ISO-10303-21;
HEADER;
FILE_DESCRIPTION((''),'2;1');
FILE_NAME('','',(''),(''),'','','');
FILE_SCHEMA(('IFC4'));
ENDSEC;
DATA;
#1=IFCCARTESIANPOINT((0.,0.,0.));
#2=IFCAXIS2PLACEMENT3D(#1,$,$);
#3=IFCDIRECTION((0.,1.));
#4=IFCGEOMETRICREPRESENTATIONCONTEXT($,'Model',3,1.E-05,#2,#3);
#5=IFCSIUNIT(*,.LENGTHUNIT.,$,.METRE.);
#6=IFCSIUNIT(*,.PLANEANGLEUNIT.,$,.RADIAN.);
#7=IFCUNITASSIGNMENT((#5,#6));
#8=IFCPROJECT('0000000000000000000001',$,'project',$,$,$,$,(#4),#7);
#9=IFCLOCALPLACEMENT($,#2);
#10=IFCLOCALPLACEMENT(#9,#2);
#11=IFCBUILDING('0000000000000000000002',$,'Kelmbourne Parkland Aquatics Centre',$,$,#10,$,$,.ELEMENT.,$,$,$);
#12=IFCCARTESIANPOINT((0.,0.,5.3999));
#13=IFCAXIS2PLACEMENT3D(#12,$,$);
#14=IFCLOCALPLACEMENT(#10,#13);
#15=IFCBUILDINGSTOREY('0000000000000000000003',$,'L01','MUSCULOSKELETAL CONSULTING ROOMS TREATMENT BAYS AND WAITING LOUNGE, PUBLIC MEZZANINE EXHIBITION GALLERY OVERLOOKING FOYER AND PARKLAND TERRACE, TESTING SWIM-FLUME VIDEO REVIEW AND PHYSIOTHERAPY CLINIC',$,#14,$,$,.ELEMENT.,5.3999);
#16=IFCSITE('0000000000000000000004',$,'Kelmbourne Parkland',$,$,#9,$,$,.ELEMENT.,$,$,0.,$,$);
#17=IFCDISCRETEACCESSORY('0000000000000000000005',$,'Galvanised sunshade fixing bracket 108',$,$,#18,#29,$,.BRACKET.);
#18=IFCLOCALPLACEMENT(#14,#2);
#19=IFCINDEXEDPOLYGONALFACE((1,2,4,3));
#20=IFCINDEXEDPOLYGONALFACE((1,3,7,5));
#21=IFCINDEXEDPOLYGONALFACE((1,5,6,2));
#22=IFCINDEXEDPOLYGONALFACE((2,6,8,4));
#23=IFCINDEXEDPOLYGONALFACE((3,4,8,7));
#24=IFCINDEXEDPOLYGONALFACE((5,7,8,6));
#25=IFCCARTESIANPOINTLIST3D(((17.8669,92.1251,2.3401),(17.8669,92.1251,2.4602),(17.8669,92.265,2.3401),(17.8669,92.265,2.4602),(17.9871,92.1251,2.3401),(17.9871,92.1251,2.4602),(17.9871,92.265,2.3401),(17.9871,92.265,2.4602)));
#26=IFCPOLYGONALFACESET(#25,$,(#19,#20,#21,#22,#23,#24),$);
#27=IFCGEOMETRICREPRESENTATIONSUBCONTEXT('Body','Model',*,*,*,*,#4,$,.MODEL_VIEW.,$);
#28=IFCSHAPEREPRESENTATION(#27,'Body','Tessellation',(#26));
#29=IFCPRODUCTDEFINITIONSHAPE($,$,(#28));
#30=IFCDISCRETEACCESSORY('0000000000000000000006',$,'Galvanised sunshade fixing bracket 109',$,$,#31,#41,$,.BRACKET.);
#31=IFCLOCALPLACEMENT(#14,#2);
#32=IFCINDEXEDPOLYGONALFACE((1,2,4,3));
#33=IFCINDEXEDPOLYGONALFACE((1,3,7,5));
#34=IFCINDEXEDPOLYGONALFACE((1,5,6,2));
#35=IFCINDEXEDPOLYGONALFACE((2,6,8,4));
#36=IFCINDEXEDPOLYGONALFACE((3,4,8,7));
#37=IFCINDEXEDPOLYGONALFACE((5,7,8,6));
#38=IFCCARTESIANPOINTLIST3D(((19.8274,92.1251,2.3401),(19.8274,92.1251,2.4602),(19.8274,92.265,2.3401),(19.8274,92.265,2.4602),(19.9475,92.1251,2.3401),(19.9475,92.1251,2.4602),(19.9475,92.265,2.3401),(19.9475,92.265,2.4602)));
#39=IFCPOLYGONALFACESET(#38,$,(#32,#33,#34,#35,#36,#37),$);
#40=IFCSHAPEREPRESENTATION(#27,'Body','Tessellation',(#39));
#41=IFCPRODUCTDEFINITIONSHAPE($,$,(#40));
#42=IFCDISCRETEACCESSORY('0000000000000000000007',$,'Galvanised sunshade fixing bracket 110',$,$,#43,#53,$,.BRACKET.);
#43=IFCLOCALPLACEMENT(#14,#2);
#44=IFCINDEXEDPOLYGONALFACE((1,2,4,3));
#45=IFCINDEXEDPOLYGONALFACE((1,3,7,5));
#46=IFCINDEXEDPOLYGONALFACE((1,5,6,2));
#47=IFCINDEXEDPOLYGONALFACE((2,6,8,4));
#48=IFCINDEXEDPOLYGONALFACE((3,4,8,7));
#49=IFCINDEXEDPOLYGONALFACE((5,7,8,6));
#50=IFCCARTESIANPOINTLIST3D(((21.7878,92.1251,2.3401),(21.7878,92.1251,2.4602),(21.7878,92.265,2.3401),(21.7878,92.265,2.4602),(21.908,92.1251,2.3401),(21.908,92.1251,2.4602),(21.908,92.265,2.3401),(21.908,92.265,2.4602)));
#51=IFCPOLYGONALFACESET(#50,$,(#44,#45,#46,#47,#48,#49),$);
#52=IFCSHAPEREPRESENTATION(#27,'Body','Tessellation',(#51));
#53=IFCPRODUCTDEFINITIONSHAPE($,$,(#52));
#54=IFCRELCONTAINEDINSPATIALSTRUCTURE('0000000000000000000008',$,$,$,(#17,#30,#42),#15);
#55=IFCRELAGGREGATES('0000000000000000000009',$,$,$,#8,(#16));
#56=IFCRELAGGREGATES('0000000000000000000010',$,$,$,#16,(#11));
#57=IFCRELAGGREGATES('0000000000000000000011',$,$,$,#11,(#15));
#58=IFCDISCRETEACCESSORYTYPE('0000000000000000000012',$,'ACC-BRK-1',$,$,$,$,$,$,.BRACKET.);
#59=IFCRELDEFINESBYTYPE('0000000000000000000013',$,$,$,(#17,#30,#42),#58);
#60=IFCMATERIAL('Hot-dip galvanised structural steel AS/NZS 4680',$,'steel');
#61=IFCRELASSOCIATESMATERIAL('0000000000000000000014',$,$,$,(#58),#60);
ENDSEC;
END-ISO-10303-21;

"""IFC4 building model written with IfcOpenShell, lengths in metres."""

from ifc_helpers import new_model, si_unit, direction, frame, origin, origin_2d, place, context, subcontext, project, spatial, rectangle, extrude, material, type_object, element, save


model = new_model("IFC4")

# Units and contexts
model_context = context("Model", 3, precision=1e-05, world=origin(), true_north=direction((0.0, 1.0)))
body_context = subcontext(model_context, "Body", "Model", "MODEL_VIEW")
ifc_project = project(units=[si_unit("LENGTHUNIT", "METRE"), si_unit("PLANEANGLEUNIT", "RADIAN")], contexts=[model_context])

# Site, building, storey
site_placement = place(None, origin())
site = spatial("IfcSite", under=ifc_project, at=site_placement, Name="Kelmbourne Parkland", CompositionType="ELEMENT", RefElevation=0.0)
building_placement = place(site_placement, origin())
building = spatial("IfcBuilding", under=site, at=building_placement, Name="Kelmbourne Parkland Aquatics Centre", CompositionType="ELEMENT")
storey_placement = place(building_placement, frame((0.0, 0.0, 5.3999)))
storey = spatial("IfcBuildingStorey", under=building, at=storey_placement, Name="L01", Description="MUSCULOSKELETAL CONSULTING ROOMS TREATMENT BAYS AND WAITING LOUNGE, PUBLIC MEZZANINE EXHIBITION GALLERY OVERLOOKING FOYER AND PARKLAND TERRACE, TESTING SWIM-FLUME VIDEO REVIEW AND PHYSIOTHERAPY CLINIC", CompositionType="ELEMENT", Elevation=5.3999)

# Discrete accessories
ifc_material_1 = material(Name="Hot-dip galvanised structural steel AS/NZS 4680", Category="steel")
discrete_accessory_type = type_object("IfcDiscreteAccessoryType", Name="ACC-BRK-1", PredefinedType="BRACKET", material=ifc_material_1)
for number, where, z_axis, x_axis, name in (
    (1, (17.927, 92.1951, 2.3401), (0.0, 0.0, 1.0), (1.0, 0.0, 0.0), "Galvanised sunshade fixing bracket 108"),
    (2, (19.8875, 92.1951, 2.3401), (0.0, 0.0, 1.0), (1.0, 0.0, 0.0), "Galvanised sunshade fixing bracket 109"),
    (3, (21.8479, 92.1951, 2.3401), (0.0, 0.0, 1.0), (1.0, 0.0, 0.0), "Galvanised sunshade fixing bracket 110"),
):
    element("IfcDiscreteAccessory", number, at=place(storey_placement, frame(where, z_axis=z_axis, x_axis=x_axis)), inside=storey, type_object=discrete_accessory_type, Name=name, PredefinedType="BRACKET", context=body_context, shape_type="SweptSolid", body=[
        extrude(rectangle(XDim=0.1201, YDim=0.1399, at=origin_2d()), origin(), (0.0, 0.0, 1.0), 0.1201),
    ])

save(model, "model.ifc")
